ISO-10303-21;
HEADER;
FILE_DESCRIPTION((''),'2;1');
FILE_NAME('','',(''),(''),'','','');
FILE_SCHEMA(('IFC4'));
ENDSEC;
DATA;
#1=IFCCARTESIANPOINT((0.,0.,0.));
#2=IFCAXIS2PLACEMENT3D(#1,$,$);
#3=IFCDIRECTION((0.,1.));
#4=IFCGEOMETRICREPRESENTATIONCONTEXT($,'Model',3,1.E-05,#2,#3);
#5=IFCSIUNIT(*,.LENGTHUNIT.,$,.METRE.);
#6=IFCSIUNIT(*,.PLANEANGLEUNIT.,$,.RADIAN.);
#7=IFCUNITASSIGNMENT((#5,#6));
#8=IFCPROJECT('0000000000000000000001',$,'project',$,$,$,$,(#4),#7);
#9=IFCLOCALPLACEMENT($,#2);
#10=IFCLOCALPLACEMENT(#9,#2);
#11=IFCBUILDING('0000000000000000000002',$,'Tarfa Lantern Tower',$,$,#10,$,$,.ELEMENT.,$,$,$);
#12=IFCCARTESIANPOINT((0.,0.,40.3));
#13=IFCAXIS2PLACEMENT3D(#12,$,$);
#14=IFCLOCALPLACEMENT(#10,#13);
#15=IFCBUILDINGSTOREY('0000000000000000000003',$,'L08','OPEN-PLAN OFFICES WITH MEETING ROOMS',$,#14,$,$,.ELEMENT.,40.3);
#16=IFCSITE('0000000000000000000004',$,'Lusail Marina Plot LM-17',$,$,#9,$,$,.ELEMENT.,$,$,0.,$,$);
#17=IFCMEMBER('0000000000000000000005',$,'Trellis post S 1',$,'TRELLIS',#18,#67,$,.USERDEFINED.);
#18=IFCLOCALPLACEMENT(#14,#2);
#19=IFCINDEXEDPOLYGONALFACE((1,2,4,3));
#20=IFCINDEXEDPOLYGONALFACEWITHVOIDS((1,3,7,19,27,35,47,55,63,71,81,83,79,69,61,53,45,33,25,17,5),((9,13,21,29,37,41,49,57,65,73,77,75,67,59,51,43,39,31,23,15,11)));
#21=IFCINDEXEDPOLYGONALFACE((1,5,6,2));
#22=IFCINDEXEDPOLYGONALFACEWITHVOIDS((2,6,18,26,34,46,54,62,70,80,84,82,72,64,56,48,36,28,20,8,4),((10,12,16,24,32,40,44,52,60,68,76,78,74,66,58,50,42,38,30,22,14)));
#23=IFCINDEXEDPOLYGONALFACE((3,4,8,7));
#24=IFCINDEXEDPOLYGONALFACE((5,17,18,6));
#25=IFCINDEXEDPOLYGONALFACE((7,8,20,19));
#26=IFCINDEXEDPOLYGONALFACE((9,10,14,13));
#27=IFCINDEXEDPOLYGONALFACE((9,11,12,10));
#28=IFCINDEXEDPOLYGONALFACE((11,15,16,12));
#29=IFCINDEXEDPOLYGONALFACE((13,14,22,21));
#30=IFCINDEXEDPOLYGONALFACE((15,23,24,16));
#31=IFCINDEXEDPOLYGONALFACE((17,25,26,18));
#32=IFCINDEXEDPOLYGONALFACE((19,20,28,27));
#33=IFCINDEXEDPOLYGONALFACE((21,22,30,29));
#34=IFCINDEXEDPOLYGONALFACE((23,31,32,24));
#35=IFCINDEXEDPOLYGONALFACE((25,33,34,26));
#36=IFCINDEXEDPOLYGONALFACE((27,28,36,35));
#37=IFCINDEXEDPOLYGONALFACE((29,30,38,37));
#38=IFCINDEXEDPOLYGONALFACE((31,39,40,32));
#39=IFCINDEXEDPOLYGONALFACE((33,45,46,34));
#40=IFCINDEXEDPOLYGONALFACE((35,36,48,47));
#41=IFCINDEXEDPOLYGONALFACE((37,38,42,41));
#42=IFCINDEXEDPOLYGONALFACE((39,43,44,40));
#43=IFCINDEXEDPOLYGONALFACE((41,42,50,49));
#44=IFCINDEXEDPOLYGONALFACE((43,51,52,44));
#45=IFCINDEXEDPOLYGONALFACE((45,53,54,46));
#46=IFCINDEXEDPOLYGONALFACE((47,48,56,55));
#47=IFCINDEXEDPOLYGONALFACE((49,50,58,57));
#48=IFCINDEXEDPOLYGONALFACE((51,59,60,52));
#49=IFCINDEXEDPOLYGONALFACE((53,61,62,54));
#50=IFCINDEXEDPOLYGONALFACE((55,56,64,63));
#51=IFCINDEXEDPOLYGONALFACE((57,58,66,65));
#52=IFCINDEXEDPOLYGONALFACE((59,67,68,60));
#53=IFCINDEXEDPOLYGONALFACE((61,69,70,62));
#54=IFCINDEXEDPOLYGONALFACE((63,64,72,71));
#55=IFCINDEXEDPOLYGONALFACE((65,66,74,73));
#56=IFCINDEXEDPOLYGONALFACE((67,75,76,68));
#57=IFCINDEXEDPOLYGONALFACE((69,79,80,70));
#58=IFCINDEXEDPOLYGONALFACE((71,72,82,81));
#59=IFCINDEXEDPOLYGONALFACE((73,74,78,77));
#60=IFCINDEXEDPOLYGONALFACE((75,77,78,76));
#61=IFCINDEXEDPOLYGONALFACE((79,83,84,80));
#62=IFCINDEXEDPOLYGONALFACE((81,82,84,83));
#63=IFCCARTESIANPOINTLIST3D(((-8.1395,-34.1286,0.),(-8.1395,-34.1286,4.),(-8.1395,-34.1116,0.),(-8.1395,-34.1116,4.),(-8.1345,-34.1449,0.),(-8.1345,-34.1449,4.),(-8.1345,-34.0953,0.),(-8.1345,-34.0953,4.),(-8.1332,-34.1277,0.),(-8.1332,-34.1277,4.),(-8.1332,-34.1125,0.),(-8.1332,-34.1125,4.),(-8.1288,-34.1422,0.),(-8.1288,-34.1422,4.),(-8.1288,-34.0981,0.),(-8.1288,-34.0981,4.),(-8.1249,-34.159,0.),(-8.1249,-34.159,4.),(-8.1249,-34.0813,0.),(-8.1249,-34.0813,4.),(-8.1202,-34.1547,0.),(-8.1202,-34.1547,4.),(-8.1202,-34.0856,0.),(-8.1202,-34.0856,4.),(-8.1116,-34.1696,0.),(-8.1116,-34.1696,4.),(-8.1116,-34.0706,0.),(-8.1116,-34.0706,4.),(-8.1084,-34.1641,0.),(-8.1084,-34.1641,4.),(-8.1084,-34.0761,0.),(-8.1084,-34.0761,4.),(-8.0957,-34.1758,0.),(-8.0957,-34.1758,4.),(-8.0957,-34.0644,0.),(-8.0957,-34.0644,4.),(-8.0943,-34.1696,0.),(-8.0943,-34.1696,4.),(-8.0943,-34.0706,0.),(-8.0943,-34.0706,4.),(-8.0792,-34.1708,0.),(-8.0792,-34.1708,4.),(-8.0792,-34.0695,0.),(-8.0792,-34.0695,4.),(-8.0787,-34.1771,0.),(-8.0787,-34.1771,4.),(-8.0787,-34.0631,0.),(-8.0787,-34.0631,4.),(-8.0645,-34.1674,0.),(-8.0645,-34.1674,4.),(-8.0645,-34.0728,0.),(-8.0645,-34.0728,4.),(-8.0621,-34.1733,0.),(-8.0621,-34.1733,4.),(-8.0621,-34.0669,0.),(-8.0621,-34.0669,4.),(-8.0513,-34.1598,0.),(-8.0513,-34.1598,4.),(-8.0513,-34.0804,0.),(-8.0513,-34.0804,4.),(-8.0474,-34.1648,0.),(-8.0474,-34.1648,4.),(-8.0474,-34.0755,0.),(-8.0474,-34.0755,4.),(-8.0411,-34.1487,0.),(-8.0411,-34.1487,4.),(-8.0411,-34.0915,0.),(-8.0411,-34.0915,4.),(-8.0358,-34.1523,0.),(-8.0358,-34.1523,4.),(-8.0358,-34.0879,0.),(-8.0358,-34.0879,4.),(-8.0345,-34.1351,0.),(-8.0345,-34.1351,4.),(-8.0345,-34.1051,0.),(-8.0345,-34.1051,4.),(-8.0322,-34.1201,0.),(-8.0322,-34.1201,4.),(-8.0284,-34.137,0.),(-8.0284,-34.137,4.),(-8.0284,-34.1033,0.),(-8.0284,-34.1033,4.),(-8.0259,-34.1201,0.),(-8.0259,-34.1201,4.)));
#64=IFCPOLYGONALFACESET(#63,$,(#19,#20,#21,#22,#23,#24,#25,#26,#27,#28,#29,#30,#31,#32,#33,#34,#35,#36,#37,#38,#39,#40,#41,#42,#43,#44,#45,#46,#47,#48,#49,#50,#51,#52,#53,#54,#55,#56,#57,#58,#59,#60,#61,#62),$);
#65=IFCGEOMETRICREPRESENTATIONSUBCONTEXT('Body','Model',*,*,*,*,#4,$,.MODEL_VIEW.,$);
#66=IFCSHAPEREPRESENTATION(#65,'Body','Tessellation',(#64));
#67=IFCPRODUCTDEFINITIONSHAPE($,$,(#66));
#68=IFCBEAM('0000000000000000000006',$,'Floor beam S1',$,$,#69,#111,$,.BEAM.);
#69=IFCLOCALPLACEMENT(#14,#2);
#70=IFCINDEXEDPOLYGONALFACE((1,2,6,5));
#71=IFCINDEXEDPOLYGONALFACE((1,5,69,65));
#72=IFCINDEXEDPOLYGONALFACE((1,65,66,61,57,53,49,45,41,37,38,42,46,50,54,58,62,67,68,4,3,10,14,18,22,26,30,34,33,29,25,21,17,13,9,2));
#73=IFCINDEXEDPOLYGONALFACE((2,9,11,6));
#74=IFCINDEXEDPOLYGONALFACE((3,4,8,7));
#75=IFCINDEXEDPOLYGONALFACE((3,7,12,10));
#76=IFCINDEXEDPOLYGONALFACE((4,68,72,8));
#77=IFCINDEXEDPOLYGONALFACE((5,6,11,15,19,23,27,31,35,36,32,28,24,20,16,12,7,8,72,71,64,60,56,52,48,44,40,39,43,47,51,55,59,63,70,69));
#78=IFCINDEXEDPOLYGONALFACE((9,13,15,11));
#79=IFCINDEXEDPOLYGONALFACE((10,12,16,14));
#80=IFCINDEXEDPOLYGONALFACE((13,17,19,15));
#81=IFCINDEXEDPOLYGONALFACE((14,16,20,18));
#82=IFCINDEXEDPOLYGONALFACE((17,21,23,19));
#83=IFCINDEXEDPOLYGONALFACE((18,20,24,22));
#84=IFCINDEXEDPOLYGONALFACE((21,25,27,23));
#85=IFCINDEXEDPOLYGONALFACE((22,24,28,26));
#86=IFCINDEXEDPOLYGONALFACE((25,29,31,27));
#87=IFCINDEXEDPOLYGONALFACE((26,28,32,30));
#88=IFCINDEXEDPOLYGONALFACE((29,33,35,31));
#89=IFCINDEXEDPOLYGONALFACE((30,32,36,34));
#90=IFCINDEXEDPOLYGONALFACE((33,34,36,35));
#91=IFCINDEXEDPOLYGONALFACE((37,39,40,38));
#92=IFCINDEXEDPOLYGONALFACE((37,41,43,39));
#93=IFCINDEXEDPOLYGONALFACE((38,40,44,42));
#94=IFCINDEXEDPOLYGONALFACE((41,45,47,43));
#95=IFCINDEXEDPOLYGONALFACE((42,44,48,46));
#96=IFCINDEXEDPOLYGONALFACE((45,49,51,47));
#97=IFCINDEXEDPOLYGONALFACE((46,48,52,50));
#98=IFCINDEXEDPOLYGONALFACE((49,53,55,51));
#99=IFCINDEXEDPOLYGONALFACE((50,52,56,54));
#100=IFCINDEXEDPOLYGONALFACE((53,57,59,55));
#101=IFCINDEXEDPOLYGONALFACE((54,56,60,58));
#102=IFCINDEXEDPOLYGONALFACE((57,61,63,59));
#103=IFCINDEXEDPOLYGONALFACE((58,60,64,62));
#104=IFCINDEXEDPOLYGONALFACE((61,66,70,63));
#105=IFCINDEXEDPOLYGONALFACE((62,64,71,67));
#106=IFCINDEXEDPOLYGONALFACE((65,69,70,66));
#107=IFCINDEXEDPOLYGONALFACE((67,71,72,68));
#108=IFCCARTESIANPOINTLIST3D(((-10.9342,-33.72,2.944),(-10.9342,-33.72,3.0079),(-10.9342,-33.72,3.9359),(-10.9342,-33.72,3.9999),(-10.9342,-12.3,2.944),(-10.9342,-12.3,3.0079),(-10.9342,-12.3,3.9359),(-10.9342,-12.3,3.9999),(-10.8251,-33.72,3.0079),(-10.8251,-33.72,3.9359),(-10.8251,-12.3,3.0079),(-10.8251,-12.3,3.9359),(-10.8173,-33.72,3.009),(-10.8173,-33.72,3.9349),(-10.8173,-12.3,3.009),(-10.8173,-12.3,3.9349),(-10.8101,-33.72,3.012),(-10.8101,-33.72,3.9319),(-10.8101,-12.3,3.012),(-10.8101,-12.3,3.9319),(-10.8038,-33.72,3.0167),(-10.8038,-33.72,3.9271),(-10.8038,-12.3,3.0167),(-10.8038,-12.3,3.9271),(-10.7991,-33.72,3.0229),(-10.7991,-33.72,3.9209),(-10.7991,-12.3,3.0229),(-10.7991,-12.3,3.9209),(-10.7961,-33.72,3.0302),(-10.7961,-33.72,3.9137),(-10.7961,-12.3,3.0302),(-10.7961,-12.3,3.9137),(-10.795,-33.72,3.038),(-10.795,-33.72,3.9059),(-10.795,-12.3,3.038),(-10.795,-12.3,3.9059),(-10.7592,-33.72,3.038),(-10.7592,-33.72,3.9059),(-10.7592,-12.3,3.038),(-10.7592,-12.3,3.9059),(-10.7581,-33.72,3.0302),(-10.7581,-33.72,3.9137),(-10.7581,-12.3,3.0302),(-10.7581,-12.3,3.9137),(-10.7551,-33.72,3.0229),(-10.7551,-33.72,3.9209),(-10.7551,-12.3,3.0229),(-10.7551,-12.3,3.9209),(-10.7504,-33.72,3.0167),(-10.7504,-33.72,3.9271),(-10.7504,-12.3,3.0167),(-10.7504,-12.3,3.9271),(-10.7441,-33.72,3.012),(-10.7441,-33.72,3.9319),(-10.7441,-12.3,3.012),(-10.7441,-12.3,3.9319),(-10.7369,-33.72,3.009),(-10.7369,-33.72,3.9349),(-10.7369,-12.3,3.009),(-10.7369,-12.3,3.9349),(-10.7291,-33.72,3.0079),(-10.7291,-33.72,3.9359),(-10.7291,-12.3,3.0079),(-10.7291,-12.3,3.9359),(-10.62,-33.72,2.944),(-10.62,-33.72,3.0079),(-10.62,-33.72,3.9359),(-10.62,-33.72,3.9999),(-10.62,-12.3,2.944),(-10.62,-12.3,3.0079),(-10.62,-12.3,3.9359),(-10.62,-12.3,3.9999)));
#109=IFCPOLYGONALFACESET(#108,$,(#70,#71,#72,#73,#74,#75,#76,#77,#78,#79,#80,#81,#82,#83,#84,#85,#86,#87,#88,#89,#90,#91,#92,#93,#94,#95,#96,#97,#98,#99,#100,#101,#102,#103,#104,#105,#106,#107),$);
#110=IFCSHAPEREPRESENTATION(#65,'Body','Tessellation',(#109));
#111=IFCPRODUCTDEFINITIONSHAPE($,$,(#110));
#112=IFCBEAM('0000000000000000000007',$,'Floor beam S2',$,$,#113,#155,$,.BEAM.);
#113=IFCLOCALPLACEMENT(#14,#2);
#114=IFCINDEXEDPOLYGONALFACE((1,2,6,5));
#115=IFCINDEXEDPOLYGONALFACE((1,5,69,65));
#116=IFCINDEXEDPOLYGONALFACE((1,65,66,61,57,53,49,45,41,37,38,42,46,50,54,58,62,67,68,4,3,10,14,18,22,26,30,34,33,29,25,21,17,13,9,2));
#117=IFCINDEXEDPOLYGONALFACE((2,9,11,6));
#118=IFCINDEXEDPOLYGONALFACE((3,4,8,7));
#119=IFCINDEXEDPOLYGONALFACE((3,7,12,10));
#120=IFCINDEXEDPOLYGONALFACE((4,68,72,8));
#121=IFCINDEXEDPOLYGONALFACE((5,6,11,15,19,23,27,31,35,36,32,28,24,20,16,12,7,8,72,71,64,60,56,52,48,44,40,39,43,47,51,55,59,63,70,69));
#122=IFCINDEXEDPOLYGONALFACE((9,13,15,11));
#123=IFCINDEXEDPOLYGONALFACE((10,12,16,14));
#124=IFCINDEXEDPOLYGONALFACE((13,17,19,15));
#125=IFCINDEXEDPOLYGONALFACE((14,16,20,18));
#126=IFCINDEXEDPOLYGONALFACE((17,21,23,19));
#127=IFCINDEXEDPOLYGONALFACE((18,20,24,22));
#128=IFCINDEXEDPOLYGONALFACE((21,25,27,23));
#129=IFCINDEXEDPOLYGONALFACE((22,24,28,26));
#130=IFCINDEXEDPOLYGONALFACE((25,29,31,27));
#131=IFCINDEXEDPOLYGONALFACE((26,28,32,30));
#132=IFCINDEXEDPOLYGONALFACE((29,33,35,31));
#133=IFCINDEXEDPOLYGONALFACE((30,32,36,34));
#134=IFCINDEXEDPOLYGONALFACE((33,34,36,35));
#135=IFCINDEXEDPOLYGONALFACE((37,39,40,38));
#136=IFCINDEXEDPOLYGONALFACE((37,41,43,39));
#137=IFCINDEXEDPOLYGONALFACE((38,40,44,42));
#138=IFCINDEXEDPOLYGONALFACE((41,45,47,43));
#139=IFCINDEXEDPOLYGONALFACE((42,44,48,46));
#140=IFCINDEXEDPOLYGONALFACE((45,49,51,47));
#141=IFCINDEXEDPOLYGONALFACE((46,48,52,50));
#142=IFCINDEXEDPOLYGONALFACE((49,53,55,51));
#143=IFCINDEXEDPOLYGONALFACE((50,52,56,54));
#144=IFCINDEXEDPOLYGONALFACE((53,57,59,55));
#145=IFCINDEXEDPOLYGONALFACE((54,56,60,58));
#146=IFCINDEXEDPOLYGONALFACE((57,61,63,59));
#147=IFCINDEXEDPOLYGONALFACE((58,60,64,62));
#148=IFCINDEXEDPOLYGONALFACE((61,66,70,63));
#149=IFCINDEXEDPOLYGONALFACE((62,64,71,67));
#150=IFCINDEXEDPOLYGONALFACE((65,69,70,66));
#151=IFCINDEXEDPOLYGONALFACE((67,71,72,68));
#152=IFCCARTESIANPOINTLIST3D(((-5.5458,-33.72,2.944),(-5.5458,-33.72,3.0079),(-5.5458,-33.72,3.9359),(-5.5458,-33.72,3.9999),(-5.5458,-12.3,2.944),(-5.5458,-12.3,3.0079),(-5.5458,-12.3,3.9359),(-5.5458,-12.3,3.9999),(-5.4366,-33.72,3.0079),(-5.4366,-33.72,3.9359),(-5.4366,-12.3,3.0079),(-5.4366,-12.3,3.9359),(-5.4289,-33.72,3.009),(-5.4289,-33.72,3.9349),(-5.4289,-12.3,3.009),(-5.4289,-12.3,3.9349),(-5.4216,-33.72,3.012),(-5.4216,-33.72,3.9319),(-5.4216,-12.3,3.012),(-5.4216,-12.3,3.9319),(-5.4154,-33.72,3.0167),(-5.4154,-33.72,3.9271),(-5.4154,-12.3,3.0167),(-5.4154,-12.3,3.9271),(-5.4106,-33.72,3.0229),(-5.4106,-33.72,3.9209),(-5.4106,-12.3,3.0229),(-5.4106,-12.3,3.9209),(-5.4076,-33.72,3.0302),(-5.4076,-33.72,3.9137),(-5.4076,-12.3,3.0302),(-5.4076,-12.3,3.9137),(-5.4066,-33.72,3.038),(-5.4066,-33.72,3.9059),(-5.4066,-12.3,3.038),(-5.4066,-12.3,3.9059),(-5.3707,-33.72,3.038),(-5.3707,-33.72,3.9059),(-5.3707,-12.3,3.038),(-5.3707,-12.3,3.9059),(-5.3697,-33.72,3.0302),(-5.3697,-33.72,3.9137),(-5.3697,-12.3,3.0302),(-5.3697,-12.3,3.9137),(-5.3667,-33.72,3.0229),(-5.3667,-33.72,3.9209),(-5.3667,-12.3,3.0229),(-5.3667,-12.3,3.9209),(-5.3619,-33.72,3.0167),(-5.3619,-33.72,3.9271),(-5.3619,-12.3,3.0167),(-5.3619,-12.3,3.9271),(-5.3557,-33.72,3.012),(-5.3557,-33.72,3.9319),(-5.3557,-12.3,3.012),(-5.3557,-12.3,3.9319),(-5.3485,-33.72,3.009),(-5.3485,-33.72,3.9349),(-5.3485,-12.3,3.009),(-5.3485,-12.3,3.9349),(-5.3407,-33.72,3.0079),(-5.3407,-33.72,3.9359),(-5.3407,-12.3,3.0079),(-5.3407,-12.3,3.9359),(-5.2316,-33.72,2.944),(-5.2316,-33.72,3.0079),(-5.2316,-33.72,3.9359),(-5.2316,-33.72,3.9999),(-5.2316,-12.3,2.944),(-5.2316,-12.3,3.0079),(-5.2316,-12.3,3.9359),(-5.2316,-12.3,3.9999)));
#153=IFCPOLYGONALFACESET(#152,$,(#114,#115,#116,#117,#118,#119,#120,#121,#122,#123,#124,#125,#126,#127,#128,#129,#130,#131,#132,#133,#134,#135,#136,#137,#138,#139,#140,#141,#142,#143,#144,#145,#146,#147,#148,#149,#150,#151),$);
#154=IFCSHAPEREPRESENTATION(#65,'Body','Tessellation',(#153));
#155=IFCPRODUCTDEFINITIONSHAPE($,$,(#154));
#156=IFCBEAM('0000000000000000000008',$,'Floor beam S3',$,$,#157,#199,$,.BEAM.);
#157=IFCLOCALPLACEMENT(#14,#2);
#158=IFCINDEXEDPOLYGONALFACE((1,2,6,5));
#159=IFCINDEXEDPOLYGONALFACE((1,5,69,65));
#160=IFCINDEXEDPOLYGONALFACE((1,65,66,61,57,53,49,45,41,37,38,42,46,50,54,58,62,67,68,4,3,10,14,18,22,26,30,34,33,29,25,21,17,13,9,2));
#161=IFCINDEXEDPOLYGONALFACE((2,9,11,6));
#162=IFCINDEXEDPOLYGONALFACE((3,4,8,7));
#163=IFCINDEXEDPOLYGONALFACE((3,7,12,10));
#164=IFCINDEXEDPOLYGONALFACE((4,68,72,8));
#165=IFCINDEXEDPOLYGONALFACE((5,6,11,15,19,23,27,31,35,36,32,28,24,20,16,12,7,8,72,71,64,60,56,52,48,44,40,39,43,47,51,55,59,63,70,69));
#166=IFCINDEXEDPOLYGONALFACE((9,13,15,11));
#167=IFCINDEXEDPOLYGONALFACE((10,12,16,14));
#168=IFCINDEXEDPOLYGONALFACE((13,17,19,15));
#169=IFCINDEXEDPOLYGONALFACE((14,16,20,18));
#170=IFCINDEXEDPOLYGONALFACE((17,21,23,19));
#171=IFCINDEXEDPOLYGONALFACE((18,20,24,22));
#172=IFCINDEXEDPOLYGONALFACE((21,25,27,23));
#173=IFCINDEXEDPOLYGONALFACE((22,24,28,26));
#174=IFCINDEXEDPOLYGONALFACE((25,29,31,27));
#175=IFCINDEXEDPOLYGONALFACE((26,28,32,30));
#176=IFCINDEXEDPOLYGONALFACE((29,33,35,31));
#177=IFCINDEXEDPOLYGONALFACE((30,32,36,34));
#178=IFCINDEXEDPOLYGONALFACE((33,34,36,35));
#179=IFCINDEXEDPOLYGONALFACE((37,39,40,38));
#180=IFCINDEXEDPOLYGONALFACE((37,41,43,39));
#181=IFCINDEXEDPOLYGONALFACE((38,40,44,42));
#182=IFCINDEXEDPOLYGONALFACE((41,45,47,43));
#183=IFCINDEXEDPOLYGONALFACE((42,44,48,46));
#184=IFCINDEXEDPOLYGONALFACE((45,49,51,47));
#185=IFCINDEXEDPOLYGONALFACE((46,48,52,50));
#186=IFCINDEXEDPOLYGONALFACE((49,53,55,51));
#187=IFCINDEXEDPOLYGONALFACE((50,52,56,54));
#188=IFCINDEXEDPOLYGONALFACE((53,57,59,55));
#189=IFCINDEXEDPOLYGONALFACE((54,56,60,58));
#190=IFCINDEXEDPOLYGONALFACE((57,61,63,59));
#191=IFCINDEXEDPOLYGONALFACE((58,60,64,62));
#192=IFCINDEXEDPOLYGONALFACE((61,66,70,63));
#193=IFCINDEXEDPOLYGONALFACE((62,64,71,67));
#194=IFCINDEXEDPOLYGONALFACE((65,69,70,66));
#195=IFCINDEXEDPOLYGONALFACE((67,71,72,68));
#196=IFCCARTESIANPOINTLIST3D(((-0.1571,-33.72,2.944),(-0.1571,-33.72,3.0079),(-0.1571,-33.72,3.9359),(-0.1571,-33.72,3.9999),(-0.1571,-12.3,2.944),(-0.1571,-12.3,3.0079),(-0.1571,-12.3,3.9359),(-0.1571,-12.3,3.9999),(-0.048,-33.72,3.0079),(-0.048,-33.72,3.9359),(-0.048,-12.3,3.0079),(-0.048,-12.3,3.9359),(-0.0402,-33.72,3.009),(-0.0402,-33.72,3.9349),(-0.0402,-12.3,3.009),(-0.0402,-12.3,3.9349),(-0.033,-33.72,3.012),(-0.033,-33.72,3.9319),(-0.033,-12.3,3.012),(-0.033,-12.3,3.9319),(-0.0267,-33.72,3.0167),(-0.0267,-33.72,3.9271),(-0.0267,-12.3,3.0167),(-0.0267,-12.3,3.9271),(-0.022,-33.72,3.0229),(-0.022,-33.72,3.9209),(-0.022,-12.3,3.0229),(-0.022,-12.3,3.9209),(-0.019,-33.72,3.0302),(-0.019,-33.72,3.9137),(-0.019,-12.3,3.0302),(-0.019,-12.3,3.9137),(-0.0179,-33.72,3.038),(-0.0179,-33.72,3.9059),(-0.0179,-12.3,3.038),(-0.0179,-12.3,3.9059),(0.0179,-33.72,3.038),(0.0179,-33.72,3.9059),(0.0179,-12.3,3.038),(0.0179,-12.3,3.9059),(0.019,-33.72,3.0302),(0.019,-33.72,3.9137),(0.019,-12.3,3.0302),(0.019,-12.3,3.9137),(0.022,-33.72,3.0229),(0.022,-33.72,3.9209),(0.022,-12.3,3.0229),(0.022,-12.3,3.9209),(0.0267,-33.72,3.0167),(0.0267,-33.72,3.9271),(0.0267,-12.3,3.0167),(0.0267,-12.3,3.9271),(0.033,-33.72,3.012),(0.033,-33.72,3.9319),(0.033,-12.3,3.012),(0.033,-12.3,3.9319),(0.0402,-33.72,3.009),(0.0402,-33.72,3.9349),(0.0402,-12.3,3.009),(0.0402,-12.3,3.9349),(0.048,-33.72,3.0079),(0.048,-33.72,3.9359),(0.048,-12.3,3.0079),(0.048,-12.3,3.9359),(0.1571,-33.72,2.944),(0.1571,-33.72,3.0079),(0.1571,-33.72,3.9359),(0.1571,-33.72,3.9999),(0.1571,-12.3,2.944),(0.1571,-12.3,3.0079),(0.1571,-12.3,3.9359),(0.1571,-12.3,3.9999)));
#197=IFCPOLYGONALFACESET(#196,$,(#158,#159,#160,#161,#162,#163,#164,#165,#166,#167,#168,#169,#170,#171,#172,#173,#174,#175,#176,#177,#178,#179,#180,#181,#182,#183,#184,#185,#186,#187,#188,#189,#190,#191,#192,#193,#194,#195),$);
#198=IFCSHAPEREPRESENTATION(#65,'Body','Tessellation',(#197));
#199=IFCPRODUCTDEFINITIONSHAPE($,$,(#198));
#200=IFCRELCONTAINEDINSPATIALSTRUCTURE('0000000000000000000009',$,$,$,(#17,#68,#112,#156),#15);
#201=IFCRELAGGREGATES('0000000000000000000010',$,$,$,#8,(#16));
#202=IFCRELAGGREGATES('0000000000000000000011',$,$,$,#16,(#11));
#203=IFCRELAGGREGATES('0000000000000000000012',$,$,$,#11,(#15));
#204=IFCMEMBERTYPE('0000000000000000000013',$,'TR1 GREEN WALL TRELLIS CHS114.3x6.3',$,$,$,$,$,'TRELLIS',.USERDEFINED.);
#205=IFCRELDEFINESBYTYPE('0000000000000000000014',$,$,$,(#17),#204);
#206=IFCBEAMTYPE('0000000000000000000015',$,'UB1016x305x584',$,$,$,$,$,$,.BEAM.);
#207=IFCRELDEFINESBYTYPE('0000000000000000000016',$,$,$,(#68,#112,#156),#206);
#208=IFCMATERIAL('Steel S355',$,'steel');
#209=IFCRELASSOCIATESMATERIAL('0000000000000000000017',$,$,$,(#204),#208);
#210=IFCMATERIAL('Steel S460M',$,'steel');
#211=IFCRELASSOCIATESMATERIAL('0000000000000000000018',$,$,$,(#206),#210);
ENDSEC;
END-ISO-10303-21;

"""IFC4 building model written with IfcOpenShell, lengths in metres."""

from ifc_helpers import new_model, si_unit, direction, frame, origin, origin_2d, place, context, subcontext, project, spatial, hollow_circle, i_section, extrude, material, material_profile, profile_set, type_object, element, save


model = new_model("IFC4")

# Units and contexts
model_context = context("Model", 3, precision=1e-05, world=origin(), true_north=direction((0.0, 1.0)))
body_context = subcontext(model_context, "Body", "Model", "MODEL_VIEW")
ifc_project = project(units=[si_unit("LENGTHUNIT", "METRE"), si_unit("PLANEANGLEUNIT", "RADIAN")], contexts=[model_context])

# Site, building, storey
site_placement = place(None, origin())
site = spatial("IfcSite", under=ifc_project, at=site_placement, Name="Lusail Marina Plot LM-17", CompositionType="ELEMENT", RefElevation=0.0)
building_placement = place(site_placement, origin())
building = spatial("IfcBuilding", under=site, at=building_placement, Name="Tarfa Lantern Tower", CompositionType="ELEMENT")
storey_placement = place(building_placement, frame((0.0, 0.0, 40.3)))
storey = spatial("IfcBuildingStorey", under=building, at=storey_placement, Name="L08", Description="OPEN-PLAN OFFICES WITH MEETING ROOMS", CompositionType="ELEMENT", Elevation=40.3)

# Member
ifc_material_1 = material(Name="Steel S355", Category="steel")
ifc_material_profile_1 = material_profile(ifc_material_1, hollow_circle(Radius=0.0571, WallThickness=0.0063, at=origin_2d()), Name="CHS114.3x6.3")
ifc_profile_set_1 = profile_set([ifc_material_profile_1], Name="Steel S355")
member_type_1 = type_object("IfcMemberType", Name="TR1 GREEN WALL TRELLIS CHS114.3x6.3", ElementType="TRELLIS", PredefinedType="USERDEFINED", material=ifc_profile_set_1)
member_1_placement = place(storey_placement, frame((-8.083, -34.1201, 0.0), z_axis=(0.0, 0.0, 1.0), x_axis=(1.0, 0.0, 0.0)))
element("IfcMember", 1, at=member_1_placement, inside=storey, type_object=member_type_1, Name="Trellis post S 1", ObjectType="TRELLIS", PredefinedType="USERDEFINED", context=body_context, shape_type="SweptSolid", body=[
    extrude(hollow_circle(Radius=0.0571, WallThickness=0.0063, at=origin_2d()), origin(), (0.0, 0.0, 1.0), 4.0),
])

# Beams
ifc_material_2 = material(Name="Steel S460M", Category="steel")
ifc_material_profile_2 = material_profile(ifc_material_2, i_section(OverallWidth=0.3142, OverallDepth=1.0559, WebThickness=0.0359, FlangeThickness=0.064, FilletRadius=0.03, at=origin_2d()), Name="UB1016x305x584")
ifc_profile_set_2 = profile_set([ifc_material_profile_2], Name="Steel S460M")
beam_type_1 = type_object("IfcBeamType", Name="UB1016x305x584", PredefinedType="BEAM", material=ifc_profile_set_2)
for number, where, z_axis, x_axis, name in (
    (2, (-10.7771, -33.72, 3.4719), (0.0, 1.0, 0.0), (-1.0, 0.0, 0.0), "Floor beam S1"),
    (3, (-5.3887, -33.72, 3.4719), (0.0, 1.0, 0.0), (-1.0, 0.0, 0.0), "Floor beam S2"),
    (4, (0.0, -33.72, 3.4719), (0.0, 1.0, 0.0), (-1.0, 0.0, 0.0), "Floor beam S3"),
):
    element("IfcBeam", number, at=place(storey_placement, frame(where, z_axis=z_axis, x_axis=x_axis)), inside=storey, type_object=beam_type_1, Name=name, PredefinedType="BEAM", context=body_context, shape_type="SweptSolid", body=[
        extrude(i_section(OverallWidth=0.3142, OverallDepth=1.0559, WebThickness=0.0359, FlangeThickness=0.064, FilletRadius=0.03, at=origin_2d()), origin(), (0.0, 0.0, 1.0), 21.4199),
    ])

save(model, "model.ifc")
